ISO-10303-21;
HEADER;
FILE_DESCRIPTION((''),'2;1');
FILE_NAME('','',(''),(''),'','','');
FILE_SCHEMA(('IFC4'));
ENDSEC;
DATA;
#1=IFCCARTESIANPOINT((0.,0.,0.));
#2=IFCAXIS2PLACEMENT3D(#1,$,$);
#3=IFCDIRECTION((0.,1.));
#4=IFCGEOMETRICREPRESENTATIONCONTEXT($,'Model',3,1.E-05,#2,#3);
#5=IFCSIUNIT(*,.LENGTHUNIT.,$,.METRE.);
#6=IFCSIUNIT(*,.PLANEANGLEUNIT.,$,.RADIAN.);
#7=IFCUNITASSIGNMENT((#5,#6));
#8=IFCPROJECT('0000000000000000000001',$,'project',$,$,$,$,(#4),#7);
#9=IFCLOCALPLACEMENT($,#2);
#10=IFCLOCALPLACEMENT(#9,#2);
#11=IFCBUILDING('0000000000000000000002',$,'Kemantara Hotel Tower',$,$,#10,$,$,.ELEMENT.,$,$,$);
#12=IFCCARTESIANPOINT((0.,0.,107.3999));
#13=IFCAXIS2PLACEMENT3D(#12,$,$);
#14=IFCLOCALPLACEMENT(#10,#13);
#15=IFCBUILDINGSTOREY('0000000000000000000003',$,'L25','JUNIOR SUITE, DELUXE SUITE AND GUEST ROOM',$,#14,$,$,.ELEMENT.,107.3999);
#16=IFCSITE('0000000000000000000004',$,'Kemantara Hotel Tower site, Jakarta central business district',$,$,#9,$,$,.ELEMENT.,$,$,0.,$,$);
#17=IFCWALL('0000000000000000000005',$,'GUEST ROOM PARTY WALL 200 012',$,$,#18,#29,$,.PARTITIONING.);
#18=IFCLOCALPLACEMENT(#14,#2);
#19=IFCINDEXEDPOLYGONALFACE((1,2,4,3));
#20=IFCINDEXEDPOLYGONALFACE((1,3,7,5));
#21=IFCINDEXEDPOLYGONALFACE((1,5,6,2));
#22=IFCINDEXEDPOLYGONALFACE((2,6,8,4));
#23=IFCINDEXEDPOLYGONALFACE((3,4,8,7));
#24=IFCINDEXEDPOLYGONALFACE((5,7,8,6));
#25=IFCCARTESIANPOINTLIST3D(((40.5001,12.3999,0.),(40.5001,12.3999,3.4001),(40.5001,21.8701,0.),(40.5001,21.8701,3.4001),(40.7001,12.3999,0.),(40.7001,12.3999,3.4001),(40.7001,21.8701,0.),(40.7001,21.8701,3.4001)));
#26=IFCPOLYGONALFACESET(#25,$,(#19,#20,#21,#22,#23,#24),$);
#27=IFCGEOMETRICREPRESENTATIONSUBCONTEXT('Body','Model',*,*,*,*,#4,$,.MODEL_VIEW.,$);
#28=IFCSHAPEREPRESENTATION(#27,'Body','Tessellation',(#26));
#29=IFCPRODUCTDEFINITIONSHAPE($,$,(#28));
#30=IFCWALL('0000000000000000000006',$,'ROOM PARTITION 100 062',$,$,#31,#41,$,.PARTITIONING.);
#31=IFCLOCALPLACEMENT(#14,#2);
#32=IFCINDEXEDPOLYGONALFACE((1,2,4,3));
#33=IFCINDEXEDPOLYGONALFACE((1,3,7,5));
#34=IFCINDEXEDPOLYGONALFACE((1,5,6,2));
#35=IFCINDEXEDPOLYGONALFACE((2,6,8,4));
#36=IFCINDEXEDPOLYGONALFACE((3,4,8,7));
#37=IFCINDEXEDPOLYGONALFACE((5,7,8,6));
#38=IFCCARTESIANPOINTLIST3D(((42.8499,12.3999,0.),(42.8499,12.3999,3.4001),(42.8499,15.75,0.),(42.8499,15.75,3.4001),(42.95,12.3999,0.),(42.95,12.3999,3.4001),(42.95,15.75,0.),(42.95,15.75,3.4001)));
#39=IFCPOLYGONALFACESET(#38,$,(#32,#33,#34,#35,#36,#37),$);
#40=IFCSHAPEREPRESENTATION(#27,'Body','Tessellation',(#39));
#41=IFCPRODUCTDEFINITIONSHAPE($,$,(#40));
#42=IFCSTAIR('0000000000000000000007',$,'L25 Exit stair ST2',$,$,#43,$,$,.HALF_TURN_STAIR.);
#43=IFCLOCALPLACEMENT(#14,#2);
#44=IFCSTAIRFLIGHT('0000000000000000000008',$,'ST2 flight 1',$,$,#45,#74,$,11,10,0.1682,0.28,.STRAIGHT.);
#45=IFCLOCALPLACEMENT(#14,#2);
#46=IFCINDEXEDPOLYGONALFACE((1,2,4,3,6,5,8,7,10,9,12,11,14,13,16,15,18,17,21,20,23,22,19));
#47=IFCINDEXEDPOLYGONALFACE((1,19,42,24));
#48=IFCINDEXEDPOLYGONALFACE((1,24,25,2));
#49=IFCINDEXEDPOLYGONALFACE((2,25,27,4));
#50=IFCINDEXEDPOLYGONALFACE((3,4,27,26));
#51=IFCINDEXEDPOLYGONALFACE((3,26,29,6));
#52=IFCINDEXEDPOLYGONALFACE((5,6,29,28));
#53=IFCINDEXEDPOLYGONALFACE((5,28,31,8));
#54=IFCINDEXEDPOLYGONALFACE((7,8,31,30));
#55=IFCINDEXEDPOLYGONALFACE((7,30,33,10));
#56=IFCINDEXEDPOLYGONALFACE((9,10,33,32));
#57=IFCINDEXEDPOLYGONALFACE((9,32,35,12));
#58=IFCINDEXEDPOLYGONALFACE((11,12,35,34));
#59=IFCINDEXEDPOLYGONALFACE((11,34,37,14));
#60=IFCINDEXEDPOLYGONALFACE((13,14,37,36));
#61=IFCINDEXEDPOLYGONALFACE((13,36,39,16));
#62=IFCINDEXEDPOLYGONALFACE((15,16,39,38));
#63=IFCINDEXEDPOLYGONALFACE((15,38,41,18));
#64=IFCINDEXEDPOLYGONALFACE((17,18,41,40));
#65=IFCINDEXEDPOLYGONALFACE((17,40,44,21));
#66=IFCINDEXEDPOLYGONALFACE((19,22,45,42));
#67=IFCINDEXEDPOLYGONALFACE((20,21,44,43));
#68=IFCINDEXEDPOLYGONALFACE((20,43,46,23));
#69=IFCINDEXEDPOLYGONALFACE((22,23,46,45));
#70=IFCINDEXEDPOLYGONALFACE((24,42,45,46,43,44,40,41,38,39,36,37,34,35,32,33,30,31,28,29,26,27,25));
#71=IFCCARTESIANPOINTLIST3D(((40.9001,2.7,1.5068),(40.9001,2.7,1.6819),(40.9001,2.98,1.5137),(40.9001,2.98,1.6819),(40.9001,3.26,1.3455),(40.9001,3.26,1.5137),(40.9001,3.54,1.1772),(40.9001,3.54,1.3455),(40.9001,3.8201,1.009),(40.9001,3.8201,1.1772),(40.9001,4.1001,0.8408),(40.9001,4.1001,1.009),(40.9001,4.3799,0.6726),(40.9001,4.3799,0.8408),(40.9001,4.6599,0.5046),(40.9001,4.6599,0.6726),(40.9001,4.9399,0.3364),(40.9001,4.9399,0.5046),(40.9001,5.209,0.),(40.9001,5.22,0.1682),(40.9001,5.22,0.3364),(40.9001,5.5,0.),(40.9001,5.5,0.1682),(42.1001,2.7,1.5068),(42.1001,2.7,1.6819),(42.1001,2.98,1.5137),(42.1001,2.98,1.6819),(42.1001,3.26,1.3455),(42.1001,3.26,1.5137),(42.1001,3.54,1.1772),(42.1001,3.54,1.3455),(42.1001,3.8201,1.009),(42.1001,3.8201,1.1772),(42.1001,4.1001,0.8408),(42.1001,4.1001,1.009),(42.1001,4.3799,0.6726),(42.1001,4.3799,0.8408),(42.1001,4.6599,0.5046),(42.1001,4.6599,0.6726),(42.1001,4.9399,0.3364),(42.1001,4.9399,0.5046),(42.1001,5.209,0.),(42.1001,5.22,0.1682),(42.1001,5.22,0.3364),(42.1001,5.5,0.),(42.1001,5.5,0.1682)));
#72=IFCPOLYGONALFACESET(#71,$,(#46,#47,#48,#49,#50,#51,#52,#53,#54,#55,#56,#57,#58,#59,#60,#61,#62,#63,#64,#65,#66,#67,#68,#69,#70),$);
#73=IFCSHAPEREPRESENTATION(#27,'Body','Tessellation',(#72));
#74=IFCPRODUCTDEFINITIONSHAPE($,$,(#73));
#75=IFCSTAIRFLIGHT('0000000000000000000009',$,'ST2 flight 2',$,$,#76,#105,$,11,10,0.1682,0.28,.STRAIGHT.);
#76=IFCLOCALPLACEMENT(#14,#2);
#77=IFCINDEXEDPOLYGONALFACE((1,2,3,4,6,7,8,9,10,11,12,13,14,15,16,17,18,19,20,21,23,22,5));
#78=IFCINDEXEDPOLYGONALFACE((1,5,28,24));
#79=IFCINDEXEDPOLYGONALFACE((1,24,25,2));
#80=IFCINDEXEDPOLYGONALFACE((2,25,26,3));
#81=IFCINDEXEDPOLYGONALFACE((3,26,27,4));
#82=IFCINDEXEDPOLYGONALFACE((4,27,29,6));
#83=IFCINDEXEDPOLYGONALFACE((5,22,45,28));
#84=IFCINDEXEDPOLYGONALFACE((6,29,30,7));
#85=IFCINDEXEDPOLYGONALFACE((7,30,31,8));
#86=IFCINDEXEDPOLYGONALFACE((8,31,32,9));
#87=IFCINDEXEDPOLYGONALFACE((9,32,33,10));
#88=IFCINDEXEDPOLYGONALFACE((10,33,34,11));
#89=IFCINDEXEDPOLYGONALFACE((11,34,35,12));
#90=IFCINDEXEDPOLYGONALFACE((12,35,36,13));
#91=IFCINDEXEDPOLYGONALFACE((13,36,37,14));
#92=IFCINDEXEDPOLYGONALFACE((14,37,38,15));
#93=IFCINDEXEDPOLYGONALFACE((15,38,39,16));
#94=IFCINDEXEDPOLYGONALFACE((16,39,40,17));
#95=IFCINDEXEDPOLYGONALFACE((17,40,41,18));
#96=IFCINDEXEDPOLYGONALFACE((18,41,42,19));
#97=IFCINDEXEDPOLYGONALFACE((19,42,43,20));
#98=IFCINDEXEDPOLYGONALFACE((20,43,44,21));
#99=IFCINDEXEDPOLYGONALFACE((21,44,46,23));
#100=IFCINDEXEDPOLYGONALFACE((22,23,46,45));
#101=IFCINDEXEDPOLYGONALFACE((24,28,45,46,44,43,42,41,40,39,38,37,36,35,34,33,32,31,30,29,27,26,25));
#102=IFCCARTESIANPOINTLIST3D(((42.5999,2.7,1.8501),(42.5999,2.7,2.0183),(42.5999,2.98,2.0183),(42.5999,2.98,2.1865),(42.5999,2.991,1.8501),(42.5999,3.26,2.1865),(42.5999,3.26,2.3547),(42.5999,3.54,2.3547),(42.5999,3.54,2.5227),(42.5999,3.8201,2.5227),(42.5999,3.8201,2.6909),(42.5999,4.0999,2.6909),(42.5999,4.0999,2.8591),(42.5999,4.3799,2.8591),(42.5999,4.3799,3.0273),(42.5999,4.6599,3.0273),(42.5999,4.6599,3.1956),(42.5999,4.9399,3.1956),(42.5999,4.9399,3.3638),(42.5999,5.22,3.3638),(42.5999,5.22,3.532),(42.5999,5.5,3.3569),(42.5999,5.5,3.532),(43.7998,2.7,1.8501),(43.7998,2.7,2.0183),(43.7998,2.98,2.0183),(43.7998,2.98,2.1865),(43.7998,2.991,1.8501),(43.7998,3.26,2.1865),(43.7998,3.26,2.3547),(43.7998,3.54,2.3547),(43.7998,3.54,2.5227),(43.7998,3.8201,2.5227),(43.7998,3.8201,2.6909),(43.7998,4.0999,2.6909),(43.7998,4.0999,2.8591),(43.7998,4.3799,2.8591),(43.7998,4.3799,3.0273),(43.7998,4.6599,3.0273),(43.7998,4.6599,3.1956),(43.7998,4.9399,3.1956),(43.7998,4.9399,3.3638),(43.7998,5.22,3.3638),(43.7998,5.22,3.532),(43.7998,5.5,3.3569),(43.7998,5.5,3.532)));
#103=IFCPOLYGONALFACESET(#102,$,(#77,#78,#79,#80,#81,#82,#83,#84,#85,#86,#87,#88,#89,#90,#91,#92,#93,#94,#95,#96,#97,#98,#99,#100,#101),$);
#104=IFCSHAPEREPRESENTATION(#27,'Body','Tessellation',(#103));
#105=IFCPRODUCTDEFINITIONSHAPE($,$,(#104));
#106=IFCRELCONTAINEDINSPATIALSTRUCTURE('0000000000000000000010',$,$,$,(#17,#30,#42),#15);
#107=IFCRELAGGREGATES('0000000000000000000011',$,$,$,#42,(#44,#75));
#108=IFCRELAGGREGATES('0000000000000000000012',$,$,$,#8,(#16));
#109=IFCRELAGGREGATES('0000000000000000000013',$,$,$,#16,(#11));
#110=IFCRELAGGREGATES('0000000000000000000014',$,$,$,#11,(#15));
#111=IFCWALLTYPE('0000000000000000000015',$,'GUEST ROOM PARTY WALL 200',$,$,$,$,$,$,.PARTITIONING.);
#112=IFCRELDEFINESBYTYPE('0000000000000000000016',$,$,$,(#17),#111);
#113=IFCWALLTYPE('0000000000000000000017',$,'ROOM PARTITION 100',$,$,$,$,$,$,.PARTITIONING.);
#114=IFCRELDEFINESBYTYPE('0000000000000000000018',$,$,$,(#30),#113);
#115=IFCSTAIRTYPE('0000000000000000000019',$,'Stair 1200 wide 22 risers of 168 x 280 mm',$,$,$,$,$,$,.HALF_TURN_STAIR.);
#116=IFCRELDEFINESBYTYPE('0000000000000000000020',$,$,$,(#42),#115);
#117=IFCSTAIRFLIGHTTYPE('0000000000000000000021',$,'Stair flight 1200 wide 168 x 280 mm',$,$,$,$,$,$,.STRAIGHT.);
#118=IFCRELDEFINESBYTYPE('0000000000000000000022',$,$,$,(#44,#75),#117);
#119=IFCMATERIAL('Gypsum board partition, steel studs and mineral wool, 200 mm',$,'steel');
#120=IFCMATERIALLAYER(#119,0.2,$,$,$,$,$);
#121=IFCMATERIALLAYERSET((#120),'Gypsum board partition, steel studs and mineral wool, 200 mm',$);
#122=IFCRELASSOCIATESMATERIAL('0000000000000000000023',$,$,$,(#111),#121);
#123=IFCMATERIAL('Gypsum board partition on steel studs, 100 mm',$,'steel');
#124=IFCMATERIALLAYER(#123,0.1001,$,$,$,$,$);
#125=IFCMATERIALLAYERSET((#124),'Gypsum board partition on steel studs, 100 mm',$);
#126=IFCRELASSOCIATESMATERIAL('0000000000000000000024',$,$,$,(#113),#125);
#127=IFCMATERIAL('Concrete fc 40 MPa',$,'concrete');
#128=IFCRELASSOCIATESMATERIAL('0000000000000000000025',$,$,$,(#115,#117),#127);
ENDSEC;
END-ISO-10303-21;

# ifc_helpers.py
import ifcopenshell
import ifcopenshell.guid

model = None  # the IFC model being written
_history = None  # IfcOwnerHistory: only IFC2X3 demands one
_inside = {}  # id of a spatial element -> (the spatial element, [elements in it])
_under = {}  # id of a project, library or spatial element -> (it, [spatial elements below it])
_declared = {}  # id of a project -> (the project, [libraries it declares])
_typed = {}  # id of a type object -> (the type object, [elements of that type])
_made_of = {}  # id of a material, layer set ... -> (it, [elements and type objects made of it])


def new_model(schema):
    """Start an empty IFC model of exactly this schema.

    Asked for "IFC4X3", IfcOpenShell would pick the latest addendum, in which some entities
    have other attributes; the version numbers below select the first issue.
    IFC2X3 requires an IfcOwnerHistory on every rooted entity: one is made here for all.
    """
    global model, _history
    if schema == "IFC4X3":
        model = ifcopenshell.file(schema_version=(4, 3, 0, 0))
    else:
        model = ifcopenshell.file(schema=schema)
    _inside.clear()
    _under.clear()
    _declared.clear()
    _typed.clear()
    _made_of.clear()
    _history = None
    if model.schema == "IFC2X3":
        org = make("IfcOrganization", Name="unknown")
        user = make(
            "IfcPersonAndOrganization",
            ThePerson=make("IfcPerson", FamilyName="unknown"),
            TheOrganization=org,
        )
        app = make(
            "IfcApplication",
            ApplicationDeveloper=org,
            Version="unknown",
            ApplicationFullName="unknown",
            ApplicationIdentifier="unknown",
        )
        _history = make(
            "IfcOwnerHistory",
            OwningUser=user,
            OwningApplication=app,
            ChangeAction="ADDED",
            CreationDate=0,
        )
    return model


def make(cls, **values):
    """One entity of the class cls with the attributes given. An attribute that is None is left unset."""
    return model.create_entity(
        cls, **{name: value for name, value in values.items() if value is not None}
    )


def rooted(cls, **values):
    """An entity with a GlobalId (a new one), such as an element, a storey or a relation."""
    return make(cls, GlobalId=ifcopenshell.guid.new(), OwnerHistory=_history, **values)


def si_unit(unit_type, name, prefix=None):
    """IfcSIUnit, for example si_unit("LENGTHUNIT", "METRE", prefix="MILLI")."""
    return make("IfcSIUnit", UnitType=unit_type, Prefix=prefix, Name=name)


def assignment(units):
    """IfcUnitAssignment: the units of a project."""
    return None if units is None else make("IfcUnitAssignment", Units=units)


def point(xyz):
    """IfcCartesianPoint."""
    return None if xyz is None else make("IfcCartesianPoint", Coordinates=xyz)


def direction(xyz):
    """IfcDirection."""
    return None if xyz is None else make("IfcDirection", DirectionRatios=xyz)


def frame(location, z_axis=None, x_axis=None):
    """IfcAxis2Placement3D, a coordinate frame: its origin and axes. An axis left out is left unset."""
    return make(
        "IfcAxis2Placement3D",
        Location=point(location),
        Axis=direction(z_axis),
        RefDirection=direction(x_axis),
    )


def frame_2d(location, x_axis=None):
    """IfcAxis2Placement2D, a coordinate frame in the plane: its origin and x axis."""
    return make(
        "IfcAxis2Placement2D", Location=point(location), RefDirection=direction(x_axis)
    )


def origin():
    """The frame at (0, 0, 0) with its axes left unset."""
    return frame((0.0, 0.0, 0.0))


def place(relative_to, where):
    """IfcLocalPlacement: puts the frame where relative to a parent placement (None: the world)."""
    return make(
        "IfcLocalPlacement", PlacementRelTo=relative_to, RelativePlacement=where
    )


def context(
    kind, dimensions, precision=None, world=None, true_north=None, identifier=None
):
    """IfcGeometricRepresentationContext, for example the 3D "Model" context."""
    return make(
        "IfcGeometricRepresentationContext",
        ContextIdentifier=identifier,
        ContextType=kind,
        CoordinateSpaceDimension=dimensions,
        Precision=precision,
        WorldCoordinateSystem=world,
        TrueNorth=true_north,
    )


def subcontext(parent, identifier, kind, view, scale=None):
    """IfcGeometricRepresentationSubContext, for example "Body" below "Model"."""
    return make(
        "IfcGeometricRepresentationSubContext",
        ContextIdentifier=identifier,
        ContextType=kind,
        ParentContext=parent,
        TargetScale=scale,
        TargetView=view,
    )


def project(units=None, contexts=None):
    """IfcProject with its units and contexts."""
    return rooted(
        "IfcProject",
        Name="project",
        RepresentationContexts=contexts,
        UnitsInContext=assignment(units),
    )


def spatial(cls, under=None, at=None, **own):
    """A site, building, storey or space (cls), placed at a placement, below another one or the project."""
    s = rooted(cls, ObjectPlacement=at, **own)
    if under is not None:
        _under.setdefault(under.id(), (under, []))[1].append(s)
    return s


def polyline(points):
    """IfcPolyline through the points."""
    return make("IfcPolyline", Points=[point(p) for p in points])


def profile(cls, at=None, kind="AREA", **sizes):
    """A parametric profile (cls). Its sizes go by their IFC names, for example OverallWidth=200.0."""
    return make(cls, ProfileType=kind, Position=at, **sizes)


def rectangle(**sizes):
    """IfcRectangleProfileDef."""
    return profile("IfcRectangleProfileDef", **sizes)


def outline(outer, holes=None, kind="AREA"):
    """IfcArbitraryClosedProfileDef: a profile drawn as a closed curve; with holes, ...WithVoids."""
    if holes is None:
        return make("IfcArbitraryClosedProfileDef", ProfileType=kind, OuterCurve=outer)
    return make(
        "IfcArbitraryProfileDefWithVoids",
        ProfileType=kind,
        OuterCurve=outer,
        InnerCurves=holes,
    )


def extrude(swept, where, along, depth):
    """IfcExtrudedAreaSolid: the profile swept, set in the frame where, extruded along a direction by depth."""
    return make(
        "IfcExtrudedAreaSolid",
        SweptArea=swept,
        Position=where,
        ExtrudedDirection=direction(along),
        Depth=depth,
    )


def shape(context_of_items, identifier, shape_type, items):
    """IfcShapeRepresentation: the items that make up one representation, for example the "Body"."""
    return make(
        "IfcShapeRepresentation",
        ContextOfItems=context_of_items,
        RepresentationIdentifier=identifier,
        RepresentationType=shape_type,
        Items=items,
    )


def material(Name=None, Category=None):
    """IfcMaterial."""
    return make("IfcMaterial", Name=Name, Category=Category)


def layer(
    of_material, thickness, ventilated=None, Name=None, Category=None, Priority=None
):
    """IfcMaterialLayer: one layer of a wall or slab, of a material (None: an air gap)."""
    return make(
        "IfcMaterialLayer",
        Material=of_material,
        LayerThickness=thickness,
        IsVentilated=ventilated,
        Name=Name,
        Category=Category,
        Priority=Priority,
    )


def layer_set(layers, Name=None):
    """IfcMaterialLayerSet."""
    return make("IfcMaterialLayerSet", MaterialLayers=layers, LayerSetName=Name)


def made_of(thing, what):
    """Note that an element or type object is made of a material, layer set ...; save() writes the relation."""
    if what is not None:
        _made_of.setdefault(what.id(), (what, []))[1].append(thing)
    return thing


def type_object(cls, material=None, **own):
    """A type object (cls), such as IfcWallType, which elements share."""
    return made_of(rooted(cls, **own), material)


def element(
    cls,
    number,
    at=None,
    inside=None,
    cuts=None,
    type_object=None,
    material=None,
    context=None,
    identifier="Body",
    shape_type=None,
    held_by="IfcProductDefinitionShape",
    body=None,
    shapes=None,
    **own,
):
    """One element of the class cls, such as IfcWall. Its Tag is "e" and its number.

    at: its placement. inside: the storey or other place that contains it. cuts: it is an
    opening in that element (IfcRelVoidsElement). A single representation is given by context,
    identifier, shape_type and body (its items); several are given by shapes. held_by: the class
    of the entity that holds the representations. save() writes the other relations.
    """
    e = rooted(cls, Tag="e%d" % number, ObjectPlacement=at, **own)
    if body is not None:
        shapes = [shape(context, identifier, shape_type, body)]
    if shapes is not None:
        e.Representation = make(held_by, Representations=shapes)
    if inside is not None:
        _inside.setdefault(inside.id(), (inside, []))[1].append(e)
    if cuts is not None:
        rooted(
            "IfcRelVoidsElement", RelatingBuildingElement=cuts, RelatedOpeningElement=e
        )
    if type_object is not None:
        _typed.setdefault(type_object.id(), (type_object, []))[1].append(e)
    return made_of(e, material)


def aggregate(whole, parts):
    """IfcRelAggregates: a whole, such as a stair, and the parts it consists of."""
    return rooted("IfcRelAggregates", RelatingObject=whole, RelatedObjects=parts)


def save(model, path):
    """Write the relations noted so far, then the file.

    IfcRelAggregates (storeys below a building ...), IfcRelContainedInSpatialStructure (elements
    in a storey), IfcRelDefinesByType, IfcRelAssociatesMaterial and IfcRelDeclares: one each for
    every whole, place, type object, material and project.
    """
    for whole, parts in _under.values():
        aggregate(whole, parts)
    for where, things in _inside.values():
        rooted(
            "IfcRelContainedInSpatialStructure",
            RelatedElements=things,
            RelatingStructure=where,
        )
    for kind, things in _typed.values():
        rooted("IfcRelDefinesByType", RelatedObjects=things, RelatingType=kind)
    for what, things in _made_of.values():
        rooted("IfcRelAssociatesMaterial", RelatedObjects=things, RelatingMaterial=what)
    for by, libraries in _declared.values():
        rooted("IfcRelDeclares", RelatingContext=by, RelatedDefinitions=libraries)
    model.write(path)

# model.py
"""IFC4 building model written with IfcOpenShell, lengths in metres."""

from ifc_helpers import new_model, si_unit, direction, frame, frame_2d, origin, place, context, subcontext, project, spatial, polyline, rectangle, outline, extrude, material, layer, layer_set, type_object, element, aggregate, save


model = new_model("IFC4")

# Units and contexts
model_context = context("Model", 3, precision=1e-05, world=origin(), true_north=direction((0.0, 1.0)))
body_context = subcontext(model_context, "Body", "Model", "MODEL_VIEW")
ifc_project = project(units=[si_unit("LENGTHUNIT", "METRE"), si_unit("PLANEANGLEUNIT", "RADIAN")], contexts=[model_context])

# Site, building, storey
site_placement = place(None, origin())
site = spatial("IfcSite", under=ifc_project, at=site_placement, Name="Kemantara Hotel Tower site, Jakarta central business district", CompositionType="ELEMENT", RefElevation=0.0)
building_placement = place(site_placement, origin())
building = spatial("IfcBuilding", under=site, at=building_placement, Name="Kemantara Hotel Tower", CompositionType="ELEMENT")
storey_placement = place(building_placement, frame((0.0, 0.0, 107.3999)))
storey = spatial("IfcBuildingStorey", under=building, at=storey_placement, Name="L25", Description="JUNIOR SUITE, DELUXE SUITE AND GUEST ROOM", CompositionType="ELEMENT", Elevation=107.3999)

# Shared definitions
ifc_material_1 = material(Name="Gypsum board partition, steel studs and mineral wool, 200 mm", Category="steel")

# Walls
ifc_layer_1 = layer(ifc_material_1, 0.2)
ifc_layer_set_1 = layer_set([ifc_layer_1], Name="Gypsum board partition, steel studs and mineral wool, 200 mm")
wall_type_1 = type_object("IfcWallType", Name="GUEST ROOM PARTY WALL 200", PredefinedType="PARTITIONING", material=ifc_layer_set_1)
wall_1_placement = place(storey_placement, frame((40.6001, 12.3999, 0.0), z_axis=(0.0, 0.0, 1.0), x_axis=(0.0, 1.0, 0.0)))
element("IfcWall", 1, at=wall_1_placement, inside=storey, type_object=wall_type_1, Name="GUEST ROOM PARTY WALL 200 012", PredefinedType="PARTITIONING", context=body_context, shape_type="SweptSolid", body=[
    extrude(rectangle(XDim=9.4702, YDim=0.2, at=frame_2d((4.7351, 0.0))), origin(), (0.0, 0.0, 1.0), 3.4001),
])
ifc_material_2 = material(Name="Gypsum board partition on steel studs, 100 mm", Category="steel")
ifc_layer_2 = layer(ifc_material_2, 0.1001)
ifc_layer_set_2 = layer_set([ifc_layer_2], Name="Gypsum board partition on steel studs, 100 mm")
wall_type_2 = type_object("IfcWallType", Name="ROOM PARTITION 100", PredefinedType="PARTITIONING", material=ifc_layer_set_2)
wall_2_placement = place(storey_placement, frame((42.8999, 12.3999, 0.0), z_axis=(0.0, 0.0, 1.0), x_axis=(0.0, 1.0, 0.0)))
element("IfcWall", 2, at=wall_2_placement, inside=storey, type_object=wall_type_2, Name="ROOM PARTITION 100 062", PredefinedType="PARTITIONING", context=body_context, shape_type="SweptSolid", body=[
    extrude(rectangle(XDim=3.3501, YDim=0.1001, at=frame_2d((1.675, 0.0))), origin(), (0.0, 0.0, 1.0), 3.4001),
])

# Stair, stair flights
ifc_material_3 = material(Name="Concrete fc 40 MPa", Category="concrete")
stair_type = type_object("IfcStairType", Name="Stair 1200 wide 22 risers of 168 x 280 mm", PredefinedType="HALF_TURN_STAIR", material=ifc_material_3)
stair_placement = place(storey_placement, origin())
stair = element("IfcStair", 3, at=stair_placement, inside=storey, type_object=stair_type, Name="L25 Exit stair ST2", PredefinedType="HALF_TURN_STAIR")
stair_flight_type = type_object("IfcStairFlightType", Name="Stair flight 1200 wide 168 x 280 mm", PredefinedType="STRAIGHT", material=ifc_material_3)
stair_flight_1_placement = place(storey_placement, frame((41.5, 5.5, 0.0), z_axis=(0.0, 0.0, 1.0), x_axis=(0.0, -1.0, 0.0)))
stair_flight_1 = element("IfcStairFlight", 4, at=stair_flight_1_placement, type_object=stair_flight_type, Name="ST2 flight 1", NumberOfRisers=11, NumberOfTreads=10, PredefinedType="STRAIGHT", RiserHeight=0.1682, TreadLength=0.28, context=body_context, shape_type="SweptSolid", body=[
    extrude(outline(polyline([(0.0, 0.0), (0.0, 0.1682), (0.28, 0.1682), (0.28, 0.3364), (0.5601, 0.3364), (0.5601, 0.5046), (0.8401, 0.5046), (0.8401, 0.6726), (1.1201, 0.6726), (1.1201, 0.8408), (1.3999, 0.8408), (1.3999, 1.009), (1.6799, 1.009), (1.6799, 1.1772), (1.96, 1.1772), (1.96, 1.3455), (2.24, 1.3455), (2.24, 1.5137), (2.52, 1.5137), (2.52, 1.6819), (2.8, 1.6819), (2.8, 1.8501), (2.8, 1.5068), (0.291, 0.0), (0.0, 0.0)])), frame((0.0, 0.6001, 0.0), z_axis=(0.0, -1.0, 0.0), x_axis=(1.0, 0.0, 0.0)), (0.0, 0.0, 1.0), 1.2),
])
stair_flight_2_placement = place(storey_placement, frame((43.2, 2.7, 1.8501), z_axis=(0.0, 0.0, 1.0), x_axis=(0.0, 1.0, 0.0)))
stair_flight_2 = element("IfcStairFlight", 5, at=stair_flight_2_placement, type_object=stair_flight_type, Name="ST2 flight 2", NumberOfRisers=11, NumberOfTreads=10, PredefinedType="STRAIGHT", RiserHeight=0.1682, TreadLength=0.28, context=body_context, shape_type="SweptSolid", body=[
    extrude(outline(polyline([(0.0, 0.0), (0.0, 0.1682), (0.28, 0.1682), (0.28, 0.3364), (0.5601, 0.3364), (0.5601, 0.5046), (0.8401, 0.5046), (0.8401, 0.6726), (1.1201, 0.6726), (1.1201, 0.8408), (1.3999, 0.8408), (1.3999, 1.009), (1.6799, 1.009), (1.6799, 1.1772), (1.96, 1.1772), (1.96, 1.3455), (2.24, 1.3455), (2.24, 1.5137), (2.52, 1.5137), (2.52, 1.6819), (2.8, 1.6819), (2.8, 1.8501), (2.8, 1.5068), (0.291, 0.0), (0.0, 0.0)])), frame((0.0, 0.6001, 0.0), z_axis=(0.0, -1.0, 0.0), x_axis=(1.0, 0.0, 0.0)), (0.0, 0.0, 1.0), 1.2),
])
aggregate(stair, [stair_flight_1, stair_flight_2])

save(model, "model.ifc")
